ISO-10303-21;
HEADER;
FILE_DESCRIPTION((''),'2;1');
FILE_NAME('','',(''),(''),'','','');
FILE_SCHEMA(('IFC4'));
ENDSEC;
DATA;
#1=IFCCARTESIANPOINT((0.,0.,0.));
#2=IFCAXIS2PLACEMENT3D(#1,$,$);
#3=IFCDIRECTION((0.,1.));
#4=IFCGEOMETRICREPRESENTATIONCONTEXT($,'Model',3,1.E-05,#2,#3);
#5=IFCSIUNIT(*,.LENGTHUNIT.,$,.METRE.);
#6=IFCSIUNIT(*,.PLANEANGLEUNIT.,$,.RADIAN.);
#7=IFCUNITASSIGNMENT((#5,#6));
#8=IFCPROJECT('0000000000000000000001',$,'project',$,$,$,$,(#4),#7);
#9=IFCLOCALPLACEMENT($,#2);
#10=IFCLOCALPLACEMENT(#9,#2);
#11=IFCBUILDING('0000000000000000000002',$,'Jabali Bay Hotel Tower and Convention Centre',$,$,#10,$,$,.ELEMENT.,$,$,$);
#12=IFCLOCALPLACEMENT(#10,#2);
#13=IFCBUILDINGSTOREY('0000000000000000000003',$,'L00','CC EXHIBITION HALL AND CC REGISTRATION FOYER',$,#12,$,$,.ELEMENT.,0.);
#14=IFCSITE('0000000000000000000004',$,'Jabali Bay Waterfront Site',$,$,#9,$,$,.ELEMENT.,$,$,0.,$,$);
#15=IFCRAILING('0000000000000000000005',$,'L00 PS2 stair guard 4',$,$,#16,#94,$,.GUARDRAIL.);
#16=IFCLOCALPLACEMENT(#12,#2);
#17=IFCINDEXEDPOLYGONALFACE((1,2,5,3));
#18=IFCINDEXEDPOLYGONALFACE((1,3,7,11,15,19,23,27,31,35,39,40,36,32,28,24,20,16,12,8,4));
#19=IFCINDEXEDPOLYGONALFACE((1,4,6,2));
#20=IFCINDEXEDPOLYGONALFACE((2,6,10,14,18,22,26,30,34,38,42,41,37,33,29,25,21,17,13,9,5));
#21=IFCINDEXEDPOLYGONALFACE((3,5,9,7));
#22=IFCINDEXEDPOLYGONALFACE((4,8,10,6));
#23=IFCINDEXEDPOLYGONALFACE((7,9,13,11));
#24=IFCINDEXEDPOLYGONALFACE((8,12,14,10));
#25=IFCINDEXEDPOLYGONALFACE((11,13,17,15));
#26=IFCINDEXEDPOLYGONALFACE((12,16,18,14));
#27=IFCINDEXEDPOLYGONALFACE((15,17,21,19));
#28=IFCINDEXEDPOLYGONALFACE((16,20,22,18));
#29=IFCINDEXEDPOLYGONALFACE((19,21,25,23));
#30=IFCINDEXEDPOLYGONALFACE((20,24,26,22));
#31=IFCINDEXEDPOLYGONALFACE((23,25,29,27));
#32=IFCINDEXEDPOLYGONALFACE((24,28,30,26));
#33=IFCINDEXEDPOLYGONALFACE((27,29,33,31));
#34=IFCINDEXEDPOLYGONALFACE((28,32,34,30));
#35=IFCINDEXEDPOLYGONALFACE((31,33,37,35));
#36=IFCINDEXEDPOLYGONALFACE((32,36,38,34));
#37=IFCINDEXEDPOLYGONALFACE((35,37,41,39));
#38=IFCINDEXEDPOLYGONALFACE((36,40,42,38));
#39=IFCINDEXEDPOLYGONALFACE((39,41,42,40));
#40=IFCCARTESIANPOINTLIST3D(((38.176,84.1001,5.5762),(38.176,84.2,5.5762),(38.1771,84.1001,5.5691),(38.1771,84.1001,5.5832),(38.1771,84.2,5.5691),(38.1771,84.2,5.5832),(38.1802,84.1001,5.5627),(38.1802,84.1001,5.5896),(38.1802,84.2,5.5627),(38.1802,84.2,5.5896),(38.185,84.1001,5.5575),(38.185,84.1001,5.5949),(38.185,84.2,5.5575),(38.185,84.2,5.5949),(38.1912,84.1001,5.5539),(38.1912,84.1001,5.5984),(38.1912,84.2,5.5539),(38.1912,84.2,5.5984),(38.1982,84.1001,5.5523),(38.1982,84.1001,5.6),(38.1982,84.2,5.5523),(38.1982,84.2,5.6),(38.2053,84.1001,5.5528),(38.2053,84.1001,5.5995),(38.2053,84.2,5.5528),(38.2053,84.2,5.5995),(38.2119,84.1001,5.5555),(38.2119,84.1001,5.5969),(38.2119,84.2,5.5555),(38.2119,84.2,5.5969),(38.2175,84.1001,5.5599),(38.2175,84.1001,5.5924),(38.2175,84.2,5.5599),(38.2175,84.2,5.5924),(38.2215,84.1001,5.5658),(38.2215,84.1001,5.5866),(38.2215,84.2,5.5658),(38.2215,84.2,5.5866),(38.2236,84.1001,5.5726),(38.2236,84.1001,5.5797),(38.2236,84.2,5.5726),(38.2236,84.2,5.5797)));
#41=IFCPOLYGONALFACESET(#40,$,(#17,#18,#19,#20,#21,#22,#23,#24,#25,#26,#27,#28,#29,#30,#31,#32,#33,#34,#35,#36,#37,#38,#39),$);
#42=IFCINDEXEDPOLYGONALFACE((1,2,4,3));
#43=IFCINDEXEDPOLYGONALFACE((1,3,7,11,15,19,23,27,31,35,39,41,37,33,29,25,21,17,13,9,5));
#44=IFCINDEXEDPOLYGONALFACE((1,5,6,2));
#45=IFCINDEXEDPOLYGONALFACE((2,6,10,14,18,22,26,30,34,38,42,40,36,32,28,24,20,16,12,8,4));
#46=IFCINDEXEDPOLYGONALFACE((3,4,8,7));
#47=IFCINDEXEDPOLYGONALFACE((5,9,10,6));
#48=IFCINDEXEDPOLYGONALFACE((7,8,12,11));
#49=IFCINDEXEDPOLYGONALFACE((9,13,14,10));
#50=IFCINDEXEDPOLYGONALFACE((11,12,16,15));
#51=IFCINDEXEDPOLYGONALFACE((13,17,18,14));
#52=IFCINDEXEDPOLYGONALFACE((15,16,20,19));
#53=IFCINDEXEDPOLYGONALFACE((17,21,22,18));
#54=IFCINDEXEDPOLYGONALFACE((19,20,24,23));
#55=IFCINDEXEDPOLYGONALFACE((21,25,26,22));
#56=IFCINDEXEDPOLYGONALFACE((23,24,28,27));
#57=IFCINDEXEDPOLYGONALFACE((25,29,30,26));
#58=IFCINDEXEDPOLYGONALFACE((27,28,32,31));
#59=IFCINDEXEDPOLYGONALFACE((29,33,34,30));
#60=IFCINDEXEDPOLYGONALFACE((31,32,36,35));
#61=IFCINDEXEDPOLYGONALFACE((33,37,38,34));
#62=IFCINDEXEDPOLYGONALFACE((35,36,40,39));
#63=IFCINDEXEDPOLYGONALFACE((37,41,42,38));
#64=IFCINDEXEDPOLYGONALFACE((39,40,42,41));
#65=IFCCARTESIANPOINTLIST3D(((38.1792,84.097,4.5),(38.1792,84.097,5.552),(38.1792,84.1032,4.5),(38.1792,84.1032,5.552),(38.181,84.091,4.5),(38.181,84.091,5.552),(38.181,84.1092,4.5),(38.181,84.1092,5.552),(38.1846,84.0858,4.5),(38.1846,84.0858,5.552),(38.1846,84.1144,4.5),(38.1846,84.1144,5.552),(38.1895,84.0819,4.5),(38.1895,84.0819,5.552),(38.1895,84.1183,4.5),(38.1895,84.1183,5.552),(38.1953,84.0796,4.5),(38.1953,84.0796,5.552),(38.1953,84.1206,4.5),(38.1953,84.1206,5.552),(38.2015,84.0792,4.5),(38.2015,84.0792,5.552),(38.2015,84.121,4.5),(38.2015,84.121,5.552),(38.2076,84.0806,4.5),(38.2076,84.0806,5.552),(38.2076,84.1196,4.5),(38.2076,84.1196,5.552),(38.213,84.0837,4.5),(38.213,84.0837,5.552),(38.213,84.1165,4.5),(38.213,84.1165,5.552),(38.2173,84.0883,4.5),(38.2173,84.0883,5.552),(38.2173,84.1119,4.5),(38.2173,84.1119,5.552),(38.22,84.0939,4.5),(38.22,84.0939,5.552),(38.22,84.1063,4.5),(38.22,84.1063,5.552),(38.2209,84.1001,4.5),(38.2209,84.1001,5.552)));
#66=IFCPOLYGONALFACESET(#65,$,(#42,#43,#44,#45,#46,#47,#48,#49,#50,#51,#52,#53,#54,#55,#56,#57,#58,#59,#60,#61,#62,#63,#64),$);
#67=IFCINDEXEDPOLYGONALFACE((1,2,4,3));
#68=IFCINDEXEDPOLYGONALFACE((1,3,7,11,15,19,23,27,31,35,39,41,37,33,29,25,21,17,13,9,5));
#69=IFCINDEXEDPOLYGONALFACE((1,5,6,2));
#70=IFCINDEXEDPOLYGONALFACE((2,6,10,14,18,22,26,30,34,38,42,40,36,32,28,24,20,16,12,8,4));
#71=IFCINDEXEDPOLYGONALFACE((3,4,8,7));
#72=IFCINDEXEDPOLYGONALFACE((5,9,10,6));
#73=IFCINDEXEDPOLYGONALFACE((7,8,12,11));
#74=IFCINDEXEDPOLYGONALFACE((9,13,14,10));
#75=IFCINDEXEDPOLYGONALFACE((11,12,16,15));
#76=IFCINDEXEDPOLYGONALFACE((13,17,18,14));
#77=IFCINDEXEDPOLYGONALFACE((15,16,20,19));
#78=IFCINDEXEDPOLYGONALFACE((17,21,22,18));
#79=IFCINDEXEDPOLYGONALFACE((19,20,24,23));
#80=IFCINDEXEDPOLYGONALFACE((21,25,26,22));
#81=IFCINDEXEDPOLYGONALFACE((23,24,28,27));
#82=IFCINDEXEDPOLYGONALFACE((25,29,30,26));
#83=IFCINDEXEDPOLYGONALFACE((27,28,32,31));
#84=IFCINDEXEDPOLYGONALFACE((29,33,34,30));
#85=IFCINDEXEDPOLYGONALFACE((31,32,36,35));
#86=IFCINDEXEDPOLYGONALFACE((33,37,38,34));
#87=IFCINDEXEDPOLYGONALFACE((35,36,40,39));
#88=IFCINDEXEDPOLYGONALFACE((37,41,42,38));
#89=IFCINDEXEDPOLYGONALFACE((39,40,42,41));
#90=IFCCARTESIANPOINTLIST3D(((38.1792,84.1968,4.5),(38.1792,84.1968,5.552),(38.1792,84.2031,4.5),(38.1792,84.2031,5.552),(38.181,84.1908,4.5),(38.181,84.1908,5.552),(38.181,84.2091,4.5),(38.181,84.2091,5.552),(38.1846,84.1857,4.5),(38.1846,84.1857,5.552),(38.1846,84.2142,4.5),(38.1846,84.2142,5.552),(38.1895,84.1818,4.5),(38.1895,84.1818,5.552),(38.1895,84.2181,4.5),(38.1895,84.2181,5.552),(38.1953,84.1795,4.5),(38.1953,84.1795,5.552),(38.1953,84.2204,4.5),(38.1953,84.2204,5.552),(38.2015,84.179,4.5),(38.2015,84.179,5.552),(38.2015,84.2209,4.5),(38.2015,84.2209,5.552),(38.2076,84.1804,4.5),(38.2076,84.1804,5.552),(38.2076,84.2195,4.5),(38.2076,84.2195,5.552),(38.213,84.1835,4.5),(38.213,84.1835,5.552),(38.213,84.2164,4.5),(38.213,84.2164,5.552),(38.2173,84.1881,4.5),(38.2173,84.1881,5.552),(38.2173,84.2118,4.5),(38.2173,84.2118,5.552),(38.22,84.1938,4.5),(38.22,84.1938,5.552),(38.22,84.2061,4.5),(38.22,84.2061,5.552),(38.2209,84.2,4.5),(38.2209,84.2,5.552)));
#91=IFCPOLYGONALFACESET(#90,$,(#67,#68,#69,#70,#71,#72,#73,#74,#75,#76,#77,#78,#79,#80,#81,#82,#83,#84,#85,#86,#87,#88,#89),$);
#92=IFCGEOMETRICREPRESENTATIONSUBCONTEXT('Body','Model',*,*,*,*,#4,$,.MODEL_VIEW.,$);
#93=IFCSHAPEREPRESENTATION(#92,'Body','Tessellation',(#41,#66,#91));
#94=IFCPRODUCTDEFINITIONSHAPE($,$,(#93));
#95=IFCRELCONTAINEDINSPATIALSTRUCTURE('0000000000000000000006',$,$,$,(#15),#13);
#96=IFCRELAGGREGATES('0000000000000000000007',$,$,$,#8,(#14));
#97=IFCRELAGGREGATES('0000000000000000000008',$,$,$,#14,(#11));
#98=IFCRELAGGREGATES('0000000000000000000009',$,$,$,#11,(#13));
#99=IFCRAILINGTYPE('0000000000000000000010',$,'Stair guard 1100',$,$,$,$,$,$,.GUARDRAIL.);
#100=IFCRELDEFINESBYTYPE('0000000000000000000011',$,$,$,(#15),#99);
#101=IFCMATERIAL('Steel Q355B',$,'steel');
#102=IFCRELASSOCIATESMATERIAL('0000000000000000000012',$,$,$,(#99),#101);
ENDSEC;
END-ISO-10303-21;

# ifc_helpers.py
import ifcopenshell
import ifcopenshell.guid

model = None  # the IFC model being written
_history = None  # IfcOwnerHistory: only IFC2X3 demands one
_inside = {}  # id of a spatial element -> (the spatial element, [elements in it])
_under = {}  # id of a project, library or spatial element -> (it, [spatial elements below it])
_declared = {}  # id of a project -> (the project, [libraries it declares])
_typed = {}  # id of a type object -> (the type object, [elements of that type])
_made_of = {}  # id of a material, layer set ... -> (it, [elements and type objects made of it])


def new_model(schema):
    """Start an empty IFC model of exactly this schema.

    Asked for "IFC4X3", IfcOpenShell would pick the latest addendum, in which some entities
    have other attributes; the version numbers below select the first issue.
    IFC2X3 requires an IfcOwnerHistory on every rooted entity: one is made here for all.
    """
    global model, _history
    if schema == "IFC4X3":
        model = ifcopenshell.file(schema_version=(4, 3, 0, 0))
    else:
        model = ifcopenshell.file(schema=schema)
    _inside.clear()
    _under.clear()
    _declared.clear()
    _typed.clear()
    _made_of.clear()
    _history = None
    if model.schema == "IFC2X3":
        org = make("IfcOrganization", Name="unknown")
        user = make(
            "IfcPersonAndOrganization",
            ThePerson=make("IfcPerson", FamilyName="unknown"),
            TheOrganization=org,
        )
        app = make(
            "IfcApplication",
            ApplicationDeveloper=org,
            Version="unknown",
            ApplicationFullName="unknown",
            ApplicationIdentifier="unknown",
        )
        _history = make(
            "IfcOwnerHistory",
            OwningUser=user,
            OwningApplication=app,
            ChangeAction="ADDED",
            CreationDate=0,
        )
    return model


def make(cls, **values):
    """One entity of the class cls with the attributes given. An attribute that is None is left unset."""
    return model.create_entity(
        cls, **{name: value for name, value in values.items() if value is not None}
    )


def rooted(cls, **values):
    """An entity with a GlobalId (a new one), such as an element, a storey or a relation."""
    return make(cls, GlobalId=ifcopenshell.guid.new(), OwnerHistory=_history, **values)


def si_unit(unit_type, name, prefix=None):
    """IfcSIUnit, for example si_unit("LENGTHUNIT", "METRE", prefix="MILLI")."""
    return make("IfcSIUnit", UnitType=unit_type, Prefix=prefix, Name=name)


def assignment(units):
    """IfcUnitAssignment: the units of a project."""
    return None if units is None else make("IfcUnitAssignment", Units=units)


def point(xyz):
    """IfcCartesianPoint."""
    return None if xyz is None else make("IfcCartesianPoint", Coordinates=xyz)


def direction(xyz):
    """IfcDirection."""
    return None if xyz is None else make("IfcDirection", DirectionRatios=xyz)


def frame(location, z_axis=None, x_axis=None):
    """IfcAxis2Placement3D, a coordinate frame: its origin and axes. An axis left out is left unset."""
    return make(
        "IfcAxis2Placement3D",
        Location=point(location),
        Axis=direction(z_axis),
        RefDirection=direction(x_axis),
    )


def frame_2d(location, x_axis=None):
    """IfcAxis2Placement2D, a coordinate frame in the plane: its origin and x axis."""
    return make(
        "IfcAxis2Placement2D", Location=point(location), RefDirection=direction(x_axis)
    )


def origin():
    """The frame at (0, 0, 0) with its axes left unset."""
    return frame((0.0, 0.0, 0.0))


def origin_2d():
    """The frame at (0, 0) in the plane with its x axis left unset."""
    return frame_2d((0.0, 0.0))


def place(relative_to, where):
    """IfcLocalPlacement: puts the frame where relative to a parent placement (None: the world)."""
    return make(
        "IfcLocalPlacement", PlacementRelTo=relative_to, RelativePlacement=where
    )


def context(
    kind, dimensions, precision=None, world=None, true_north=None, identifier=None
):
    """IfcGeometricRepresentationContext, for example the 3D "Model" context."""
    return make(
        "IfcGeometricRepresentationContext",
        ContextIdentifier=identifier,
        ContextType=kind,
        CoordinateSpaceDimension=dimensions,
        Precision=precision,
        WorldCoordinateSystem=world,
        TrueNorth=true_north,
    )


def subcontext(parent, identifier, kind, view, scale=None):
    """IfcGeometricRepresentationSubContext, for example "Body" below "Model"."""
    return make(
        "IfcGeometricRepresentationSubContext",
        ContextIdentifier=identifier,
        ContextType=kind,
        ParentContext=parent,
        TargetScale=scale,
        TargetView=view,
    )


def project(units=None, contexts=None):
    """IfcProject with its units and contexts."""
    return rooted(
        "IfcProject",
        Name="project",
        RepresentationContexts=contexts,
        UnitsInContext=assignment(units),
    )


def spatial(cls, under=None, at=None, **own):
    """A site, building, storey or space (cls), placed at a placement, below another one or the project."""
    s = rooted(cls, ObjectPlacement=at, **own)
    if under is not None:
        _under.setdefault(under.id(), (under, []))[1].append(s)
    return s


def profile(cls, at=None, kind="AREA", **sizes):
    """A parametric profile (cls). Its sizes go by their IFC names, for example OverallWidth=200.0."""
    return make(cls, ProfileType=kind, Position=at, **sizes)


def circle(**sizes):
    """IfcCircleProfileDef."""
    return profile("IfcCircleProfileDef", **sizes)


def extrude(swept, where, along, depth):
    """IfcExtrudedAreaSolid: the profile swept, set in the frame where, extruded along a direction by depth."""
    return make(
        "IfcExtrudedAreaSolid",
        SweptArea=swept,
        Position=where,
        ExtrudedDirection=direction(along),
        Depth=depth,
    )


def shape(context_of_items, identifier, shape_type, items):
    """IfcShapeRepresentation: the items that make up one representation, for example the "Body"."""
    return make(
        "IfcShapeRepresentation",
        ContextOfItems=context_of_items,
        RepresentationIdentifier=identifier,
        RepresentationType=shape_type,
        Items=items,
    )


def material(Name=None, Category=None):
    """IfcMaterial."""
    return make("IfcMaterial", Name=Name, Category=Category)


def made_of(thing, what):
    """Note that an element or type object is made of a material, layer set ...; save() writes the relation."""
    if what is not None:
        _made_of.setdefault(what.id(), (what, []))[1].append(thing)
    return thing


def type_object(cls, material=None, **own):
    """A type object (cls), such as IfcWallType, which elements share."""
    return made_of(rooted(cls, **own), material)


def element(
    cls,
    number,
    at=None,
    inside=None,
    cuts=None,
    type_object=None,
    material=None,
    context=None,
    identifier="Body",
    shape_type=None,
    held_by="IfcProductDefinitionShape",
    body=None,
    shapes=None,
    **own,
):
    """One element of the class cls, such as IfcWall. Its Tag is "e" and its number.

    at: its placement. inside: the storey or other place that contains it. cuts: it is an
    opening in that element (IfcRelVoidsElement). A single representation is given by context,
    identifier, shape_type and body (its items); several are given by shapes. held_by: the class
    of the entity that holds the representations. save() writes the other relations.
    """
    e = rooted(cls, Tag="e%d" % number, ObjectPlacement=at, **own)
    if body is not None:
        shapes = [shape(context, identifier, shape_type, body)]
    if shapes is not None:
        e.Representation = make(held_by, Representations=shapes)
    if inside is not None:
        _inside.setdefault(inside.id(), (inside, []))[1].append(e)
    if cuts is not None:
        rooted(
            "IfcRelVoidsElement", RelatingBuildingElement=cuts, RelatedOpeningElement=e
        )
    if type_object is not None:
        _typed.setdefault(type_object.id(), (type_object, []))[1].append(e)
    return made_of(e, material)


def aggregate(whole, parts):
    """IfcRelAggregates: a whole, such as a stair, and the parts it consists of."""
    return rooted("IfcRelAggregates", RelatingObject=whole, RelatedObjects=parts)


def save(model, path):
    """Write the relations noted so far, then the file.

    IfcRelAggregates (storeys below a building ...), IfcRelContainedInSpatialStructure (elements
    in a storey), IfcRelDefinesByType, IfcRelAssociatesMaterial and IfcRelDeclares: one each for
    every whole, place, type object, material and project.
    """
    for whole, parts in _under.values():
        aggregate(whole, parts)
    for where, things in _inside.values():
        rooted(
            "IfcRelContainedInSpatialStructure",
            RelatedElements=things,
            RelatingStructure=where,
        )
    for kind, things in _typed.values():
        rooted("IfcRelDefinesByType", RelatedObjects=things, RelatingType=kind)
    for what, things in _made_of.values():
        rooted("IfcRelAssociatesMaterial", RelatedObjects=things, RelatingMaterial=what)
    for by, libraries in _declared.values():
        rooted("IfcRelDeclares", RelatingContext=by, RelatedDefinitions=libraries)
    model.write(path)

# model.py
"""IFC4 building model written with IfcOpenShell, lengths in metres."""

from ifc_helpers import new_model, si_unit, direction, frame, origin, origin_2d, place, context, subcontext, project, spatial, circle, extrude, material, type_object, element, save


model = new_model("IFC4")

# Units and contexts
model_context = context("Model", 3, precision=1e-05, world=origin(), true_north=direction((0.0, 1.0)))
body_context = subcontext(model_context, "Body", "Model", "MODEL_VIEW")
ifc_project = project(units=[si_unit("LENGTHUNIT", "METRE"), si_unit("PLANEANGLEUNIT", "RADIAN")], contexts=[model_context])

# Site, building, storey
site_placement = place(None, origin())
site = spatial("IfcSite", under=ifc_project, at=site_placement, Name="Jabali Bay Waterfront Site", CompositionType="ELEMENT", RefElevation=0.0)
building_placement = place(site_placement, origin())
building = spatial("IfcBuilding", under=site, at=building_placement, Name="Jabali Bay Hotel Tower and Convention Centre", CompositionType="ELEMENT")
storey_placement = place(building_placement, origin())
storey = spatial("IfcBuildingStorey", under=building, at=storey_placement, Name="L00", Description="CC EXHIBITION HALL AND CC REGISTRATION FOYER", CompositionType="ELEMENT", Elevation=0.0)

# Railing
ifc_material_1 = material(Name="Steel Q355B", Category="steel")
railing_type_1 = type_object("IfcRailingType", Name="Stair guard 1100", PredefinedType="GUARDRAIL", material=ifc_material_1)
railing_1_placement = place(storey_placement, frame((38.2, 84.1001, 4.5)))
element("IfcRailing", 1, at=railing_1_placement, inside=storey, type_object=railing_type_1, Name="L00 PS2 stair guard 4", PredefinedType="GUARDRAIL", context=body_context, shape_type="SweptSolid", body=[
    extrude(circle(Radius=0.0239, at=origin_2d()), frame((0.0, 0.0, 1.0762), z_axis=(0.0, 1.0, 0.0), x_axis=(-1.0, 0.0, 0.0)), (0.0, 0.0, 1.0), 0.0999),
    extrude(circle(Radius=0.021, at=origin_2d()), origin(), (0.0, 0.0, 1.0), 1.052),
    extrude(circle(Radius=0.021, at=origin_2d()), frame((0.0, 0.0999, 0.0)), (0.0, 0.0, 1.0), 1.052),
])

save(model, "model.ifc")
